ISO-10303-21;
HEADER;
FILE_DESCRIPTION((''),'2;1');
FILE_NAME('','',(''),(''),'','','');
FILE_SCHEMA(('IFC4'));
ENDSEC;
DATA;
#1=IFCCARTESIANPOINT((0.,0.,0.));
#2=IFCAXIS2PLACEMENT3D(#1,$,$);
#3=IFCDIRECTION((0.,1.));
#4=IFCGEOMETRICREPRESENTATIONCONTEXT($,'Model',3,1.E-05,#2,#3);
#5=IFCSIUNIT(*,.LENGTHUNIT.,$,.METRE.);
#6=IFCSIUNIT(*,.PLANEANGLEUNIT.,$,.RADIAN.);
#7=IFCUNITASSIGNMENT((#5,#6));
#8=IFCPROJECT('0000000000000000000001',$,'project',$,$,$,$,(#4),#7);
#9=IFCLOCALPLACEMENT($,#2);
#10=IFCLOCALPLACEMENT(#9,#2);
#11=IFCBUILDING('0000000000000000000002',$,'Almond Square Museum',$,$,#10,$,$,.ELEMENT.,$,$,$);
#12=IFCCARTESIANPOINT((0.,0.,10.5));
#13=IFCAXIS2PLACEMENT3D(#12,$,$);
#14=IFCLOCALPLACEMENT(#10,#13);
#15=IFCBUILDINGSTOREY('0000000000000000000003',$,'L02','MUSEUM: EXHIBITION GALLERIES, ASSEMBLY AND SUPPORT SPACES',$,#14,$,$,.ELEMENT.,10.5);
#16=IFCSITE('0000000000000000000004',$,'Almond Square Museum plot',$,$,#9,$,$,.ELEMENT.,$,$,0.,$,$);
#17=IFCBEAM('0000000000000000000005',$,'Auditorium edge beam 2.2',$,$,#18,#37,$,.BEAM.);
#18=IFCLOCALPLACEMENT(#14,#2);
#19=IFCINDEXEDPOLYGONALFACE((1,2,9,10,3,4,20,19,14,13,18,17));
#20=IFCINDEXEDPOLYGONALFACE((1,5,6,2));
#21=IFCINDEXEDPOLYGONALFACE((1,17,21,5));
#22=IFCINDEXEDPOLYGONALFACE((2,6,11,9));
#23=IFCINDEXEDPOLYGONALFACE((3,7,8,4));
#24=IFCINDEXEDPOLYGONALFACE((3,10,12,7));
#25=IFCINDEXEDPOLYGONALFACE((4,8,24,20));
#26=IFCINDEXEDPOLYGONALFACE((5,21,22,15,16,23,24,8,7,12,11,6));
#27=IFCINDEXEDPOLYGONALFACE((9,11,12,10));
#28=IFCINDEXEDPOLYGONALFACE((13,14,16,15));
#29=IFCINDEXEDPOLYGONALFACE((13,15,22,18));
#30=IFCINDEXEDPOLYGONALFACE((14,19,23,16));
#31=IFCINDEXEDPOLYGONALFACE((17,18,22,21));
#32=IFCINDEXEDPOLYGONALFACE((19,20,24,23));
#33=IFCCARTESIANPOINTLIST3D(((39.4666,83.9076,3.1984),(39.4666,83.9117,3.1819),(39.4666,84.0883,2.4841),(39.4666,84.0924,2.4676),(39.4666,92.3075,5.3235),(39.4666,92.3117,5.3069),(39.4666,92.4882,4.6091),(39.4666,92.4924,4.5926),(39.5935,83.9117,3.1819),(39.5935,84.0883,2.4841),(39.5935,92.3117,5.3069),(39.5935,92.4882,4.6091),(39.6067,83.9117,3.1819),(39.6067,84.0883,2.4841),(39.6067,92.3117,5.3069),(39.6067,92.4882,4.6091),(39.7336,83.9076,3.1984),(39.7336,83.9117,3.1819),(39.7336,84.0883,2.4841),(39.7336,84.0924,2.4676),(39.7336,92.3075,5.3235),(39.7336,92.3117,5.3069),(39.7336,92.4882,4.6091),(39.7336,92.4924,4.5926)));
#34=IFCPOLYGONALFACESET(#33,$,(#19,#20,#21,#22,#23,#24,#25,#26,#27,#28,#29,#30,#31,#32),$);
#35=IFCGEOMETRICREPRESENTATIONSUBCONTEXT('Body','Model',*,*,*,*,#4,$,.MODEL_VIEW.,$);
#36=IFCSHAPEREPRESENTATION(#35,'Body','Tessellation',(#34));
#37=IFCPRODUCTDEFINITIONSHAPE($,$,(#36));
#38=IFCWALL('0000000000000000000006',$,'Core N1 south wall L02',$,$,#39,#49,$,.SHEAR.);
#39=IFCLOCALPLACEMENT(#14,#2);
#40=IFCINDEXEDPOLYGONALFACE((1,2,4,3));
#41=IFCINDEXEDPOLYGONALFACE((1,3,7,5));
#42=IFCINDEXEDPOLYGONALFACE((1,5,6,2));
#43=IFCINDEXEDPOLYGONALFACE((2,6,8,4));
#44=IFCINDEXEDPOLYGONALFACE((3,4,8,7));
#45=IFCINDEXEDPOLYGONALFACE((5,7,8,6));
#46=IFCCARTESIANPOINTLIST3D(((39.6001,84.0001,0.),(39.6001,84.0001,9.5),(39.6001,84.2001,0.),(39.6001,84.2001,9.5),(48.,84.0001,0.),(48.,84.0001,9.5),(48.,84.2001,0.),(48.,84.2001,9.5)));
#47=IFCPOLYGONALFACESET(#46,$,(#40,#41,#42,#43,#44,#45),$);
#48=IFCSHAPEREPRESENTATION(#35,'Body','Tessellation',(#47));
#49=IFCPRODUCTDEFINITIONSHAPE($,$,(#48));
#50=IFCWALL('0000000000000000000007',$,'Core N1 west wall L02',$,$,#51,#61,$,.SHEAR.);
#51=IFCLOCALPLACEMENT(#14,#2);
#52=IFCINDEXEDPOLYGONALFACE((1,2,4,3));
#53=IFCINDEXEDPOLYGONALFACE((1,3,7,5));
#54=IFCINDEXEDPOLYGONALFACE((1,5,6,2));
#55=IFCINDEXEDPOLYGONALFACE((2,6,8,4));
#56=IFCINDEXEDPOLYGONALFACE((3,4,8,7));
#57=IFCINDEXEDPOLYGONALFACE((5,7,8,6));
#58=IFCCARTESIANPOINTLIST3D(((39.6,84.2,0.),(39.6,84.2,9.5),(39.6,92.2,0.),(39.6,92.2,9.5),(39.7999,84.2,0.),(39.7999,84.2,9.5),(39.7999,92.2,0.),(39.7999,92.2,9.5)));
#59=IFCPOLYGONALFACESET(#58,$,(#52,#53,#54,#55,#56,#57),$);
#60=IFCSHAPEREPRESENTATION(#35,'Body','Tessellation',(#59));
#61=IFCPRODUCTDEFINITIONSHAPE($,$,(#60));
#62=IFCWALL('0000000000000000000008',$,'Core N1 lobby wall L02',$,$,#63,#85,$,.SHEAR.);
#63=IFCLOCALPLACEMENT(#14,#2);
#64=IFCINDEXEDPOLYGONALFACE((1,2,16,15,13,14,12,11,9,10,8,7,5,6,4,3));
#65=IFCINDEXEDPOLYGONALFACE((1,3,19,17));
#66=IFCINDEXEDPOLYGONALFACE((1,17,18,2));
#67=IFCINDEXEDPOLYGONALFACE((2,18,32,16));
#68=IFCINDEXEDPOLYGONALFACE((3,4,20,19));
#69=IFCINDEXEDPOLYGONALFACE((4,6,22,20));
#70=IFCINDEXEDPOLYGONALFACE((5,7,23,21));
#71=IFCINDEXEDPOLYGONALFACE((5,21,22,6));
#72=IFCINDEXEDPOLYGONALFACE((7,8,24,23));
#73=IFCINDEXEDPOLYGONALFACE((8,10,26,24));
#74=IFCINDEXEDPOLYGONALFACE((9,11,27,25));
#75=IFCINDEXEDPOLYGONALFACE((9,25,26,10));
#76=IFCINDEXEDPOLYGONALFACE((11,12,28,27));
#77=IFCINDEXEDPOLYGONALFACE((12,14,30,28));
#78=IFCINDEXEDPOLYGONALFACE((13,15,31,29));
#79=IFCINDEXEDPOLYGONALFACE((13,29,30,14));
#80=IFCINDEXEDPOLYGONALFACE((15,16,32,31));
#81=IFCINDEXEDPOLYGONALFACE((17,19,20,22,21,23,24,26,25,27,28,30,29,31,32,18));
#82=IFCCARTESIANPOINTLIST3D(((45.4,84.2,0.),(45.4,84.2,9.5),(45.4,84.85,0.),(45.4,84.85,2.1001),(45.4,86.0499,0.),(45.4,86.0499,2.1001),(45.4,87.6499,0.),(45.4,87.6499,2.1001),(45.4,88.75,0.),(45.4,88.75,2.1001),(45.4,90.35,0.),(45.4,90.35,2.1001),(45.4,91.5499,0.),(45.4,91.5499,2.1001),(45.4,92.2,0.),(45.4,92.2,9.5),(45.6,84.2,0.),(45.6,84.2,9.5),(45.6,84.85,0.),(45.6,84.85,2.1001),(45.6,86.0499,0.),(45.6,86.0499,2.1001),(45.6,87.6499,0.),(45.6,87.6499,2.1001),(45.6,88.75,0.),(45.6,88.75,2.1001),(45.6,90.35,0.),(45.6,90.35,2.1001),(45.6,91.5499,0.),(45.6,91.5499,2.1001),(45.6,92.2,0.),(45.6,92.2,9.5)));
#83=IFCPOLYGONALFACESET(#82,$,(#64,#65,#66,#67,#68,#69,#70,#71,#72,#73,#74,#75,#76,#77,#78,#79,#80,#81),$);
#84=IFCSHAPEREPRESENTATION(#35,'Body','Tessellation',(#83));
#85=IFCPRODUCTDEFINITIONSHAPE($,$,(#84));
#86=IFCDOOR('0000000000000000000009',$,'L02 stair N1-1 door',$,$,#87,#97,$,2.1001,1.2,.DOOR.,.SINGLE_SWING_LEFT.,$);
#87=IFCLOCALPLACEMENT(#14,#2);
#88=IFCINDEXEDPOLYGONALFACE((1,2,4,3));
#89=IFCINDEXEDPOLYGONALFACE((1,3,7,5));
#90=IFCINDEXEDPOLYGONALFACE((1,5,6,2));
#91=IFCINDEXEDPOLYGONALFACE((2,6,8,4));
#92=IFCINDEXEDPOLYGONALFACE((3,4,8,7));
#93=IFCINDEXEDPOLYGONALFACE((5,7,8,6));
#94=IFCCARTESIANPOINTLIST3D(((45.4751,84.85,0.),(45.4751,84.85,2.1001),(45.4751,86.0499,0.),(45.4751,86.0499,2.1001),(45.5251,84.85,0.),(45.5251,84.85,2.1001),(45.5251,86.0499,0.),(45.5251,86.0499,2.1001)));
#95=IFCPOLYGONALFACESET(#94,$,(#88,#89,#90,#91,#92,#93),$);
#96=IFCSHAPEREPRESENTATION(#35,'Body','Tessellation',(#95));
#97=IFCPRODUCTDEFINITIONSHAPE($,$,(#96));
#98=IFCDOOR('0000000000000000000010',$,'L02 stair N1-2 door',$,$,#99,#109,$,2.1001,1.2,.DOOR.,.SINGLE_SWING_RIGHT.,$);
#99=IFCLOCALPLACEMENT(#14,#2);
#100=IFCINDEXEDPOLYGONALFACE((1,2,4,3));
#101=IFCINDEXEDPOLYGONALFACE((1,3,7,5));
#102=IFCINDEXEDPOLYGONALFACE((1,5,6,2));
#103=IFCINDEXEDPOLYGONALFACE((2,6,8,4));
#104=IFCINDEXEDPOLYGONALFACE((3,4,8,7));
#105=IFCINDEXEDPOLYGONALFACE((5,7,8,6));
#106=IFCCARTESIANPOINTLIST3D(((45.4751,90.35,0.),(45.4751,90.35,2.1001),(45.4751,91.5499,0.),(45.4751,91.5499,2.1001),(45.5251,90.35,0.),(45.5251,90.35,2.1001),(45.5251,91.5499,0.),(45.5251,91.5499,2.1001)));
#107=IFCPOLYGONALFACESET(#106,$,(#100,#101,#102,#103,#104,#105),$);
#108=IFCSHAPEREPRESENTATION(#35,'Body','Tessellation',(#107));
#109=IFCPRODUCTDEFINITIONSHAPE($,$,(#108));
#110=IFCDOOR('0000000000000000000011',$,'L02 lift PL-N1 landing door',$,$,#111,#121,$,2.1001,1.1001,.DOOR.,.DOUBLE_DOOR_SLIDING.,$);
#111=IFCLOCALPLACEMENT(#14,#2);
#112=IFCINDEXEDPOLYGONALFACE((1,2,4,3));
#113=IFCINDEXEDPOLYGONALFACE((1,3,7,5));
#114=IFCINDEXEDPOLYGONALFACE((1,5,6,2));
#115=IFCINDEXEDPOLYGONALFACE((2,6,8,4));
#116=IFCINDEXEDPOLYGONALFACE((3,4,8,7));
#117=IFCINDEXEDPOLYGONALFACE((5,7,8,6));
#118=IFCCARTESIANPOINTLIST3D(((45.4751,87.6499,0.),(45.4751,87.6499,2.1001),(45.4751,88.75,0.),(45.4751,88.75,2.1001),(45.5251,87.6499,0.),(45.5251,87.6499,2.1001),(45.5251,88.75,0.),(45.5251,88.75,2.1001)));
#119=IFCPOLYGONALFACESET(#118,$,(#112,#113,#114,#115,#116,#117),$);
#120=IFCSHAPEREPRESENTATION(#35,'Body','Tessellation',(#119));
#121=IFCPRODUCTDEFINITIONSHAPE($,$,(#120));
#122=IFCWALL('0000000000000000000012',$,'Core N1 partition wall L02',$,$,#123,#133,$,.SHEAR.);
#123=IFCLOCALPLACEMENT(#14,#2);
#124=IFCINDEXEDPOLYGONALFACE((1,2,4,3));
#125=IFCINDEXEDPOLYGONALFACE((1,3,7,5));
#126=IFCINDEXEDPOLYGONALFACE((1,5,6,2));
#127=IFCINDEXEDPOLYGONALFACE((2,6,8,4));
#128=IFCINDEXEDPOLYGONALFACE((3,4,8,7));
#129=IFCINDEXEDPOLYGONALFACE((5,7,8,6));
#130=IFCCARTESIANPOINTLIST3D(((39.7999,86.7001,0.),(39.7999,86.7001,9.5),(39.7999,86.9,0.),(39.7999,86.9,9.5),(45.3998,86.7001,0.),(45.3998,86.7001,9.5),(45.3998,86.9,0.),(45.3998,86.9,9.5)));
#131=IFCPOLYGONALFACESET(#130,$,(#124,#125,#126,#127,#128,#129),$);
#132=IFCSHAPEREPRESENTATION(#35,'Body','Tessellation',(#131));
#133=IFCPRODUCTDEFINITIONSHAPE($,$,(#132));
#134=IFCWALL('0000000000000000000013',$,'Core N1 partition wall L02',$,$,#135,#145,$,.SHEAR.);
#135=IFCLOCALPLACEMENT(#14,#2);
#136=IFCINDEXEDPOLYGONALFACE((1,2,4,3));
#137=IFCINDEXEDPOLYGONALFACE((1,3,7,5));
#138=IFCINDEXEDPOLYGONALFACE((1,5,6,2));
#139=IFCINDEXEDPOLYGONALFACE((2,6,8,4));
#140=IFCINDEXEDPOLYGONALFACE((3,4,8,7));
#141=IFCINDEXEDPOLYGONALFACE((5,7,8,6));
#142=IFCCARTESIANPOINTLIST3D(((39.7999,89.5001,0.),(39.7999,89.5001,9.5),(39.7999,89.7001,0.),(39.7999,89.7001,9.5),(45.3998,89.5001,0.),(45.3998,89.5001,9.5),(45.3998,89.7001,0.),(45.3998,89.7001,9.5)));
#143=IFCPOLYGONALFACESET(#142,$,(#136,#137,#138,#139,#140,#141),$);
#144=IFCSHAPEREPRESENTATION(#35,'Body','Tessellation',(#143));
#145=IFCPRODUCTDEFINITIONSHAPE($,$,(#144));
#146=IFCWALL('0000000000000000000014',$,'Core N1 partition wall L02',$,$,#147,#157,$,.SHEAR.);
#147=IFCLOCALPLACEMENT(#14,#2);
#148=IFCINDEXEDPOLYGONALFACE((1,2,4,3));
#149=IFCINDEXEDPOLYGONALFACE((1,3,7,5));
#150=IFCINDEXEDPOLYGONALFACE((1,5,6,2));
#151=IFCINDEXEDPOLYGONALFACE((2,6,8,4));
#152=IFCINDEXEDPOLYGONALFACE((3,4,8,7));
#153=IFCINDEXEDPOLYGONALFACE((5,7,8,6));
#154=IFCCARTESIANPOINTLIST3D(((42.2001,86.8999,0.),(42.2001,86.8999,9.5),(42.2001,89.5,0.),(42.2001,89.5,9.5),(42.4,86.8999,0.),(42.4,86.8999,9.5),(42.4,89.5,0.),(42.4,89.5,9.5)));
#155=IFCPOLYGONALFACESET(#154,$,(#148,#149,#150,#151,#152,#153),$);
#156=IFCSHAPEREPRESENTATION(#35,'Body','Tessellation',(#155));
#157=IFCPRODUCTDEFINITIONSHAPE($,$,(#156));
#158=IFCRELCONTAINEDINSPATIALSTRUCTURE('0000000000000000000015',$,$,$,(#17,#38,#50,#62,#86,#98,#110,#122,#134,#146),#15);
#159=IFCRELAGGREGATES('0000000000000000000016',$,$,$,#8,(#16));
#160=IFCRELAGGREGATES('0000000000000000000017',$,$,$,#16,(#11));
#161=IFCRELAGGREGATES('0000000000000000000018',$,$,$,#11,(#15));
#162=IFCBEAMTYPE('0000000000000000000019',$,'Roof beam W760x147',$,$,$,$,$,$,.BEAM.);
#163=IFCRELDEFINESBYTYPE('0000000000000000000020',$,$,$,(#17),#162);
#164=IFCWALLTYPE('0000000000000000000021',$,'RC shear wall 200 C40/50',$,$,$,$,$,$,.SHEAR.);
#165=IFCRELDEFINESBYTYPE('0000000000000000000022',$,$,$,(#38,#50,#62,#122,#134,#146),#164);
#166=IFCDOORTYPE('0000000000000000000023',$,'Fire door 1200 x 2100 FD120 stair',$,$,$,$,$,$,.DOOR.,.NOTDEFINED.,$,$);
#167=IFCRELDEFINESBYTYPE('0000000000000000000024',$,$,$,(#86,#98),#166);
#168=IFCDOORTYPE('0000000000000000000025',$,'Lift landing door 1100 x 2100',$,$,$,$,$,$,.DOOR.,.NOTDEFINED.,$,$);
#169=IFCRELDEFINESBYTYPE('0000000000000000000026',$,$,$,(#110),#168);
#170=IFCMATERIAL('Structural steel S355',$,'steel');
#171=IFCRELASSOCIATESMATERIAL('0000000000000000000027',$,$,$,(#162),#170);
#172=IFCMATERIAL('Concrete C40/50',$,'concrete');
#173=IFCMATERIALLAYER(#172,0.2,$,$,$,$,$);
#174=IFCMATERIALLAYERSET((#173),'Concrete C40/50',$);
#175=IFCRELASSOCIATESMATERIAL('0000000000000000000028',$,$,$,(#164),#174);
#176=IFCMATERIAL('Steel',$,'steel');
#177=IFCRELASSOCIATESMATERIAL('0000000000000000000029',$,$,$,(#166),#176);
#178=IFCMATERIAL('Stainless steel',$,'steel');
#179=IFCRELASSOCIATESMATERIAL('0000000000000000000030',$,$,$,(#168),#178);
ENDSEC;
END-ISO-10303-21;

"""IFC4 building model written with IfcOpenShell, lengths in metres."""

from ifc_helpers import new_model, si_unit, direction, frame, frame_2d, origin, origin_2d, place, context, subcontext, project, spatial, rectangle, i_section, extrude, material, layer, layer_set, material_profile, profile_set, type_object, element, fill, save


model = new_model("IFC4")

# Units and contexts
model_context = context("Model", 3, precision=1e-05, world=origin(), true_north=direction((0.0, 1.0)))
body_context = subcontext(model_context, "Body", "Model", "MODEL_VIEW")
ifc_project = project(units=[si_unit("LENGTHUNIT", "METRE"), si_unit("PLANEANGLEUNIT", "RADIAN")], contexts=[model_context])

# Site, building, storey
site_placement = place(None, origin())
site = spatial("IfcSite", under=ifc_project, at=site_placement, Name="Almond Square Museum plot", CompositionType="ELEMENT", RefElevation=0.0)
building_placement = place(site_placement, origin())
building = spatial("IfcBuilding", under=site, at=building_placement, Name="Almond Square Museum", CompositionType="ELEMENT")
storey_placement = place(building_placement, frame((0.0, 0.0, 10.5)))
storey = spatial("IfcBuildingStorey", under=building, at=storey_placement, Name="L02", Description="MUSEUM: EXHIBITION GALLERIES, ASSEMBLY AND SUPPORT SPACES", CompositionType="ELEMENT", Elevation=10.5)

# Beam
ifc_material_1 = material(Name="Structural steel S355", Category="steel")
ifc_material_profile = material_profile(ifc_material_1, i_section(OverallWidth=0.2671, OverallDepth=0.7539, WebThickness=0.0132, FlangeThickness=0.0171, at=origin_2d()))
ifc_profile_set = profile_set([ifc_material_profile], Name="Structural steel S355")
beam_type = type_object("IfcBeamType", Name="Roof beam W760x147", PredefinedType="BEAM", material=ifc_profile_set)
beam_placement = place(storey_placement, frame((39.6001, 84.0, 2.833), z_axis=(0.0, 0.969459, 0.245253), x_axis=(-1.0, 0.0, 0.0)))
element("IfcBeam", 1, at=beam_placement, inside=storey, type_object=beam_type, Name="Auditorium edge beam 2.2", PredefinedType="BEAM", context=body_context, shape_type="SweptSolid", body=[
    extrude(i_section(OverallWidth=0.2671, OverallDepth=0.7539, WebThickness=0.0132, FlangeThickness=0.0171, at=origin_2d()), origin(), (0.0, 0.0, 1.0), 8.6646),
])

# Walls
ifc_material_2 = material(Name="Concrete C40/50", Category="concrete")
ifc_layer = layer(ifc_material_2, 0.2)
ifc_layer_set = layer_set([ifc_layer], Name="Concrete C40/50")
wall_type = type_object("IfcWallType", Name="RC shear wall 200 C40/50", PredefinedType="SHEAR", material=ifc_layer_set)
wall_1_placement = place(storey_placement, frame((39.6001, 84.1001, 0.0), z_axis=(0.0, 0.0, 1.0), x_axis=(1.0, 0.0, 0.0)))
element("IfcWall", 2, at=wall_1_placement, inside=storey, type_object=wall_type, Name="Core N1 south wall L02", PredefinedType="SHEAR", context=body_context, shape_type="SweptSolid", body=[
    extrude(rectangle(XDim=8.3999, YDim=0.2, at=frame_2d((4.2, 0.0))), origin(), (0.0, 0.0, 1.0), 9.5),
])
wall_2_placement = place(storey_placement, frame((39.7, 84.2, 0.0), z_axis=(0.0, 0.0, 1.0), x_axis=(0.0, 1.0, 0.0)))
element("IfcWall", 3, at=wall_2_placement, inside=storey, type_object=wall_type, Name="Core N1 west wall L02", PredefinedType="SHEAR", context=body_context, shape_type="SweptSolid", body=[
    extrude(rectangle(XDim=8.0, YDim=0.2, at=frame_2d((4.0, 0.0))), origin(), (0.0, 0.0, 1.0), 9.5),
])

# Wall, openings, doors
wall_3_placement = place(storey_placement, frame((45.5, 84.2, 0.0), z_axis=(0.0, 0.0, 1.0), x_axis=(0.0, 1.0, 0.0)))
wall_3 = element("IfcWall", 4, at=wall_3_placement, inside=storey, type_object=wall_type, Name="Core N1 lobby wall L02", PredefinedType="SHEAR", context=body_context, shape_type="SweptSolid", body=[
    extrude(rectangle(XDim=8.0, YDim=0.2, at=frame_2d((4.0, 0.0))), origin(), (0.0, 0.0, 1.0), 9.5),
])
opening_1_placement = place(wall_3_placement, frame((0.6499, 0.0, 0.0)))
opening_1 = element("IfcOpeningElement", 5, at=opening_1_placement, cuts=wall_3, PredefinedType="OPENING", context=body_context, shape_type="SweptSolid", body=[
    extrude(rectangle(XDim=1.2, YDim=2.1001, at=frame_2d((0.6001, 1.05))), frame((0.0, 0.1099, 0.0), z_axis=(0.0, -1.0, 0.0), x_axis=(1.0, 0.0, 0.0)), (0.0, 0.0, 1.0), 0.22),
])
opening_2_placement = place(wall_3_placement, frame((6.1499, 0.0, 0.0)))
opening_2 = element("IfcOpeningElement", 6, at=opening_2_placement, cuts=wall_3, PredefinedType="OPENING", context=body_context, shape_type="SweptSolid", body=[
    extrude(rectangle(XDim=1.2, YDim=2.1001, at=frame_2d((0.6001, 1.05))), frame((0.0, 0.1099, 0.0), z_axis=(0.0, -1.0, 0.0), x_axis=(1.0, 0.0, 0.0)), (0.0, 0.0, 1.0), 0.22),
])
opening_3_placement = place(wall_3_placement, frame((3.45, 0.0, 0.0)))
opening_3 = element("IfcOpeningElement", 7, at=opening_3_placement, cuts=wall_3, PredefinedType="OPENING", context=body_context, shape_type="SweptSolid", body=[
    extrude(rectangle(XDim=1.1001, YDim=2.1001, at=frame_2d((0.55, 1.05))), frame((0.0, 0.1099, 0.0), z_axis=(0.0, -1.0, 0.0), x_axis=(1.0, 0.0, 0.0)), (0.0, 0.0, 1.0), 0.22),
])
ifc_material_3 = material(Name="Steel", Category="steel")
door_type_1 = type_object("IfcDoorType", Name="Fire door 1200 x 2100 FD120 stair", OperationType="NOTDEFINED", PredefinedType="DOOR", material=ifc_material_3)
door_1_placement = place(opening_1_placement, origin())
door_1 = element("IfcDoor", 8, at=door_1_placement, inside=storey, type_object=door_type_1, Name="L02 stair N1-1 door", OperationType="SINGLE_SWING_LEFT", OverallHeight=2.1001, OverallWidth=1.2, PredefinedType="DOOR", context=body_context, shape_type="SweptSolid", body=[
    extrude(rectangle(XDim=1.2, YDim=2.1001, at=frame_2d((0.6001, 1.05))), frame((0.0, 0.0249, 0.0), z_axis=(0.0, -1.0, 0.0), x_axis=(1.0, 0.0, 0.0)), (0.0, 0.0, 1.0), 0.05),
])
fill(opening_1, door_1)
door_2_placement = place(opening_2_placement, origin())
door_2 = element("IfcDoor", 9, at=door_2_placement, inside=storey, type_object=door_type_1, Name="L02 stair N1-2 door", OperationType="SINGLE_SWING_RIGHT", OverallHeight=2.1001, OverallWidth=1.2, PredefinedType="DOOR", context=body_context, shape_type="SweptSolid", body=[
    extrude(rectangle(XDim=1.2, YDim=2.1001, at=frame_2d((0.6001, 1.05))), frame((0.0, 0.0249, 0.0), z_axis=(0.0, -1.0, 0.0), x_axis=(1.0, 0.0, 0.0)), (0.0, 0.0, 1.0), 0.05),
])
fill(opening_2, door_2)
ifc_material_4 = material(Name="Stainless steel", Category="steel")
door_type_2 = type_object("IfcDoorType", Name="Lift landing door 1100 x 2100", OperationType="NOTDEFINED", PredefinedType="DOOR", material=ifc_material_4)
door_3_placement = place(opening_3_placement, origin())
door_3 = element("IfcDoor", 10, at=door_3_placement, inside=storey, type_object=door_type_2, Name="L02 lift PL-N1 landing door", OperationType="DOUBLE_DOOR_SLIDING", OverallHeight=2.1001, OverallWidth=1.1001, PredefinedType="DOOR", context=body_context, shape_type="SweptSolid", body=[
    extrude(rectangle(XDim=1.1001, YDim=2.1001, at=frame_2d((0.55, 1.05))), frame((0.0, 0.0249, 0.0), z_axis=(0.0, -1.0, 0.0), x_axis=(1.0, 0.0, 0.0)), (0.0, 0.0, 1.0), 0.05),
])
fill(opening_3, door_3)

# Walls
for number, where, z_axis, x_axis, name in (
    (11, (39.8, 86.8, 0.0), (0.0, 0.0, 1.0), (1.0, 0.0, 0.0), "Core N1 partition wall L02"),
    (12, (39.8, 89.6001, 0.0), (0.0, 0.0, 1.0), (1.0, 0.0, 0.0), "Core N1 partition wall L02"),
):
    element("IfcWall", number, at=place(storey_placement, frame(where, z_axis=z_axis, x_axis=x_axis)), inside=storey, type_object=wall_type, Name=name, PredefinedType="SHEAR", context=body_context, shape_type="SweptSolid", body=[
        extrude(rectangle(XDim=5.5999, YDim=0.2, at=frame_2d((2.7998, 0.0))), origin(), (0.0, 0.0, 1.0), 9.5),
    ])
wall_4_placement = place(storey_placement, frame((42.3, 86.8999, 0.0), z_axis=(0.0, 0.0, 1.0), x_axis=(0.0, 1.0, 0.0)))
element("IfcWall", 13, at=wall_4_placement, inside=storey, type_object=wall_type, Name="Core N1 partition wall L02", PredefinedType="SHEAR", context=body_context, shape_type="SweptSolid", body=[
    extrude(rectangle(XDim=2.6001, YDim=0.2, at=frame_2d((1.3, 0.0))), origin(), (0.0, 0.0, 1.0), 9.5),
])

save(model, "model.ifc")
